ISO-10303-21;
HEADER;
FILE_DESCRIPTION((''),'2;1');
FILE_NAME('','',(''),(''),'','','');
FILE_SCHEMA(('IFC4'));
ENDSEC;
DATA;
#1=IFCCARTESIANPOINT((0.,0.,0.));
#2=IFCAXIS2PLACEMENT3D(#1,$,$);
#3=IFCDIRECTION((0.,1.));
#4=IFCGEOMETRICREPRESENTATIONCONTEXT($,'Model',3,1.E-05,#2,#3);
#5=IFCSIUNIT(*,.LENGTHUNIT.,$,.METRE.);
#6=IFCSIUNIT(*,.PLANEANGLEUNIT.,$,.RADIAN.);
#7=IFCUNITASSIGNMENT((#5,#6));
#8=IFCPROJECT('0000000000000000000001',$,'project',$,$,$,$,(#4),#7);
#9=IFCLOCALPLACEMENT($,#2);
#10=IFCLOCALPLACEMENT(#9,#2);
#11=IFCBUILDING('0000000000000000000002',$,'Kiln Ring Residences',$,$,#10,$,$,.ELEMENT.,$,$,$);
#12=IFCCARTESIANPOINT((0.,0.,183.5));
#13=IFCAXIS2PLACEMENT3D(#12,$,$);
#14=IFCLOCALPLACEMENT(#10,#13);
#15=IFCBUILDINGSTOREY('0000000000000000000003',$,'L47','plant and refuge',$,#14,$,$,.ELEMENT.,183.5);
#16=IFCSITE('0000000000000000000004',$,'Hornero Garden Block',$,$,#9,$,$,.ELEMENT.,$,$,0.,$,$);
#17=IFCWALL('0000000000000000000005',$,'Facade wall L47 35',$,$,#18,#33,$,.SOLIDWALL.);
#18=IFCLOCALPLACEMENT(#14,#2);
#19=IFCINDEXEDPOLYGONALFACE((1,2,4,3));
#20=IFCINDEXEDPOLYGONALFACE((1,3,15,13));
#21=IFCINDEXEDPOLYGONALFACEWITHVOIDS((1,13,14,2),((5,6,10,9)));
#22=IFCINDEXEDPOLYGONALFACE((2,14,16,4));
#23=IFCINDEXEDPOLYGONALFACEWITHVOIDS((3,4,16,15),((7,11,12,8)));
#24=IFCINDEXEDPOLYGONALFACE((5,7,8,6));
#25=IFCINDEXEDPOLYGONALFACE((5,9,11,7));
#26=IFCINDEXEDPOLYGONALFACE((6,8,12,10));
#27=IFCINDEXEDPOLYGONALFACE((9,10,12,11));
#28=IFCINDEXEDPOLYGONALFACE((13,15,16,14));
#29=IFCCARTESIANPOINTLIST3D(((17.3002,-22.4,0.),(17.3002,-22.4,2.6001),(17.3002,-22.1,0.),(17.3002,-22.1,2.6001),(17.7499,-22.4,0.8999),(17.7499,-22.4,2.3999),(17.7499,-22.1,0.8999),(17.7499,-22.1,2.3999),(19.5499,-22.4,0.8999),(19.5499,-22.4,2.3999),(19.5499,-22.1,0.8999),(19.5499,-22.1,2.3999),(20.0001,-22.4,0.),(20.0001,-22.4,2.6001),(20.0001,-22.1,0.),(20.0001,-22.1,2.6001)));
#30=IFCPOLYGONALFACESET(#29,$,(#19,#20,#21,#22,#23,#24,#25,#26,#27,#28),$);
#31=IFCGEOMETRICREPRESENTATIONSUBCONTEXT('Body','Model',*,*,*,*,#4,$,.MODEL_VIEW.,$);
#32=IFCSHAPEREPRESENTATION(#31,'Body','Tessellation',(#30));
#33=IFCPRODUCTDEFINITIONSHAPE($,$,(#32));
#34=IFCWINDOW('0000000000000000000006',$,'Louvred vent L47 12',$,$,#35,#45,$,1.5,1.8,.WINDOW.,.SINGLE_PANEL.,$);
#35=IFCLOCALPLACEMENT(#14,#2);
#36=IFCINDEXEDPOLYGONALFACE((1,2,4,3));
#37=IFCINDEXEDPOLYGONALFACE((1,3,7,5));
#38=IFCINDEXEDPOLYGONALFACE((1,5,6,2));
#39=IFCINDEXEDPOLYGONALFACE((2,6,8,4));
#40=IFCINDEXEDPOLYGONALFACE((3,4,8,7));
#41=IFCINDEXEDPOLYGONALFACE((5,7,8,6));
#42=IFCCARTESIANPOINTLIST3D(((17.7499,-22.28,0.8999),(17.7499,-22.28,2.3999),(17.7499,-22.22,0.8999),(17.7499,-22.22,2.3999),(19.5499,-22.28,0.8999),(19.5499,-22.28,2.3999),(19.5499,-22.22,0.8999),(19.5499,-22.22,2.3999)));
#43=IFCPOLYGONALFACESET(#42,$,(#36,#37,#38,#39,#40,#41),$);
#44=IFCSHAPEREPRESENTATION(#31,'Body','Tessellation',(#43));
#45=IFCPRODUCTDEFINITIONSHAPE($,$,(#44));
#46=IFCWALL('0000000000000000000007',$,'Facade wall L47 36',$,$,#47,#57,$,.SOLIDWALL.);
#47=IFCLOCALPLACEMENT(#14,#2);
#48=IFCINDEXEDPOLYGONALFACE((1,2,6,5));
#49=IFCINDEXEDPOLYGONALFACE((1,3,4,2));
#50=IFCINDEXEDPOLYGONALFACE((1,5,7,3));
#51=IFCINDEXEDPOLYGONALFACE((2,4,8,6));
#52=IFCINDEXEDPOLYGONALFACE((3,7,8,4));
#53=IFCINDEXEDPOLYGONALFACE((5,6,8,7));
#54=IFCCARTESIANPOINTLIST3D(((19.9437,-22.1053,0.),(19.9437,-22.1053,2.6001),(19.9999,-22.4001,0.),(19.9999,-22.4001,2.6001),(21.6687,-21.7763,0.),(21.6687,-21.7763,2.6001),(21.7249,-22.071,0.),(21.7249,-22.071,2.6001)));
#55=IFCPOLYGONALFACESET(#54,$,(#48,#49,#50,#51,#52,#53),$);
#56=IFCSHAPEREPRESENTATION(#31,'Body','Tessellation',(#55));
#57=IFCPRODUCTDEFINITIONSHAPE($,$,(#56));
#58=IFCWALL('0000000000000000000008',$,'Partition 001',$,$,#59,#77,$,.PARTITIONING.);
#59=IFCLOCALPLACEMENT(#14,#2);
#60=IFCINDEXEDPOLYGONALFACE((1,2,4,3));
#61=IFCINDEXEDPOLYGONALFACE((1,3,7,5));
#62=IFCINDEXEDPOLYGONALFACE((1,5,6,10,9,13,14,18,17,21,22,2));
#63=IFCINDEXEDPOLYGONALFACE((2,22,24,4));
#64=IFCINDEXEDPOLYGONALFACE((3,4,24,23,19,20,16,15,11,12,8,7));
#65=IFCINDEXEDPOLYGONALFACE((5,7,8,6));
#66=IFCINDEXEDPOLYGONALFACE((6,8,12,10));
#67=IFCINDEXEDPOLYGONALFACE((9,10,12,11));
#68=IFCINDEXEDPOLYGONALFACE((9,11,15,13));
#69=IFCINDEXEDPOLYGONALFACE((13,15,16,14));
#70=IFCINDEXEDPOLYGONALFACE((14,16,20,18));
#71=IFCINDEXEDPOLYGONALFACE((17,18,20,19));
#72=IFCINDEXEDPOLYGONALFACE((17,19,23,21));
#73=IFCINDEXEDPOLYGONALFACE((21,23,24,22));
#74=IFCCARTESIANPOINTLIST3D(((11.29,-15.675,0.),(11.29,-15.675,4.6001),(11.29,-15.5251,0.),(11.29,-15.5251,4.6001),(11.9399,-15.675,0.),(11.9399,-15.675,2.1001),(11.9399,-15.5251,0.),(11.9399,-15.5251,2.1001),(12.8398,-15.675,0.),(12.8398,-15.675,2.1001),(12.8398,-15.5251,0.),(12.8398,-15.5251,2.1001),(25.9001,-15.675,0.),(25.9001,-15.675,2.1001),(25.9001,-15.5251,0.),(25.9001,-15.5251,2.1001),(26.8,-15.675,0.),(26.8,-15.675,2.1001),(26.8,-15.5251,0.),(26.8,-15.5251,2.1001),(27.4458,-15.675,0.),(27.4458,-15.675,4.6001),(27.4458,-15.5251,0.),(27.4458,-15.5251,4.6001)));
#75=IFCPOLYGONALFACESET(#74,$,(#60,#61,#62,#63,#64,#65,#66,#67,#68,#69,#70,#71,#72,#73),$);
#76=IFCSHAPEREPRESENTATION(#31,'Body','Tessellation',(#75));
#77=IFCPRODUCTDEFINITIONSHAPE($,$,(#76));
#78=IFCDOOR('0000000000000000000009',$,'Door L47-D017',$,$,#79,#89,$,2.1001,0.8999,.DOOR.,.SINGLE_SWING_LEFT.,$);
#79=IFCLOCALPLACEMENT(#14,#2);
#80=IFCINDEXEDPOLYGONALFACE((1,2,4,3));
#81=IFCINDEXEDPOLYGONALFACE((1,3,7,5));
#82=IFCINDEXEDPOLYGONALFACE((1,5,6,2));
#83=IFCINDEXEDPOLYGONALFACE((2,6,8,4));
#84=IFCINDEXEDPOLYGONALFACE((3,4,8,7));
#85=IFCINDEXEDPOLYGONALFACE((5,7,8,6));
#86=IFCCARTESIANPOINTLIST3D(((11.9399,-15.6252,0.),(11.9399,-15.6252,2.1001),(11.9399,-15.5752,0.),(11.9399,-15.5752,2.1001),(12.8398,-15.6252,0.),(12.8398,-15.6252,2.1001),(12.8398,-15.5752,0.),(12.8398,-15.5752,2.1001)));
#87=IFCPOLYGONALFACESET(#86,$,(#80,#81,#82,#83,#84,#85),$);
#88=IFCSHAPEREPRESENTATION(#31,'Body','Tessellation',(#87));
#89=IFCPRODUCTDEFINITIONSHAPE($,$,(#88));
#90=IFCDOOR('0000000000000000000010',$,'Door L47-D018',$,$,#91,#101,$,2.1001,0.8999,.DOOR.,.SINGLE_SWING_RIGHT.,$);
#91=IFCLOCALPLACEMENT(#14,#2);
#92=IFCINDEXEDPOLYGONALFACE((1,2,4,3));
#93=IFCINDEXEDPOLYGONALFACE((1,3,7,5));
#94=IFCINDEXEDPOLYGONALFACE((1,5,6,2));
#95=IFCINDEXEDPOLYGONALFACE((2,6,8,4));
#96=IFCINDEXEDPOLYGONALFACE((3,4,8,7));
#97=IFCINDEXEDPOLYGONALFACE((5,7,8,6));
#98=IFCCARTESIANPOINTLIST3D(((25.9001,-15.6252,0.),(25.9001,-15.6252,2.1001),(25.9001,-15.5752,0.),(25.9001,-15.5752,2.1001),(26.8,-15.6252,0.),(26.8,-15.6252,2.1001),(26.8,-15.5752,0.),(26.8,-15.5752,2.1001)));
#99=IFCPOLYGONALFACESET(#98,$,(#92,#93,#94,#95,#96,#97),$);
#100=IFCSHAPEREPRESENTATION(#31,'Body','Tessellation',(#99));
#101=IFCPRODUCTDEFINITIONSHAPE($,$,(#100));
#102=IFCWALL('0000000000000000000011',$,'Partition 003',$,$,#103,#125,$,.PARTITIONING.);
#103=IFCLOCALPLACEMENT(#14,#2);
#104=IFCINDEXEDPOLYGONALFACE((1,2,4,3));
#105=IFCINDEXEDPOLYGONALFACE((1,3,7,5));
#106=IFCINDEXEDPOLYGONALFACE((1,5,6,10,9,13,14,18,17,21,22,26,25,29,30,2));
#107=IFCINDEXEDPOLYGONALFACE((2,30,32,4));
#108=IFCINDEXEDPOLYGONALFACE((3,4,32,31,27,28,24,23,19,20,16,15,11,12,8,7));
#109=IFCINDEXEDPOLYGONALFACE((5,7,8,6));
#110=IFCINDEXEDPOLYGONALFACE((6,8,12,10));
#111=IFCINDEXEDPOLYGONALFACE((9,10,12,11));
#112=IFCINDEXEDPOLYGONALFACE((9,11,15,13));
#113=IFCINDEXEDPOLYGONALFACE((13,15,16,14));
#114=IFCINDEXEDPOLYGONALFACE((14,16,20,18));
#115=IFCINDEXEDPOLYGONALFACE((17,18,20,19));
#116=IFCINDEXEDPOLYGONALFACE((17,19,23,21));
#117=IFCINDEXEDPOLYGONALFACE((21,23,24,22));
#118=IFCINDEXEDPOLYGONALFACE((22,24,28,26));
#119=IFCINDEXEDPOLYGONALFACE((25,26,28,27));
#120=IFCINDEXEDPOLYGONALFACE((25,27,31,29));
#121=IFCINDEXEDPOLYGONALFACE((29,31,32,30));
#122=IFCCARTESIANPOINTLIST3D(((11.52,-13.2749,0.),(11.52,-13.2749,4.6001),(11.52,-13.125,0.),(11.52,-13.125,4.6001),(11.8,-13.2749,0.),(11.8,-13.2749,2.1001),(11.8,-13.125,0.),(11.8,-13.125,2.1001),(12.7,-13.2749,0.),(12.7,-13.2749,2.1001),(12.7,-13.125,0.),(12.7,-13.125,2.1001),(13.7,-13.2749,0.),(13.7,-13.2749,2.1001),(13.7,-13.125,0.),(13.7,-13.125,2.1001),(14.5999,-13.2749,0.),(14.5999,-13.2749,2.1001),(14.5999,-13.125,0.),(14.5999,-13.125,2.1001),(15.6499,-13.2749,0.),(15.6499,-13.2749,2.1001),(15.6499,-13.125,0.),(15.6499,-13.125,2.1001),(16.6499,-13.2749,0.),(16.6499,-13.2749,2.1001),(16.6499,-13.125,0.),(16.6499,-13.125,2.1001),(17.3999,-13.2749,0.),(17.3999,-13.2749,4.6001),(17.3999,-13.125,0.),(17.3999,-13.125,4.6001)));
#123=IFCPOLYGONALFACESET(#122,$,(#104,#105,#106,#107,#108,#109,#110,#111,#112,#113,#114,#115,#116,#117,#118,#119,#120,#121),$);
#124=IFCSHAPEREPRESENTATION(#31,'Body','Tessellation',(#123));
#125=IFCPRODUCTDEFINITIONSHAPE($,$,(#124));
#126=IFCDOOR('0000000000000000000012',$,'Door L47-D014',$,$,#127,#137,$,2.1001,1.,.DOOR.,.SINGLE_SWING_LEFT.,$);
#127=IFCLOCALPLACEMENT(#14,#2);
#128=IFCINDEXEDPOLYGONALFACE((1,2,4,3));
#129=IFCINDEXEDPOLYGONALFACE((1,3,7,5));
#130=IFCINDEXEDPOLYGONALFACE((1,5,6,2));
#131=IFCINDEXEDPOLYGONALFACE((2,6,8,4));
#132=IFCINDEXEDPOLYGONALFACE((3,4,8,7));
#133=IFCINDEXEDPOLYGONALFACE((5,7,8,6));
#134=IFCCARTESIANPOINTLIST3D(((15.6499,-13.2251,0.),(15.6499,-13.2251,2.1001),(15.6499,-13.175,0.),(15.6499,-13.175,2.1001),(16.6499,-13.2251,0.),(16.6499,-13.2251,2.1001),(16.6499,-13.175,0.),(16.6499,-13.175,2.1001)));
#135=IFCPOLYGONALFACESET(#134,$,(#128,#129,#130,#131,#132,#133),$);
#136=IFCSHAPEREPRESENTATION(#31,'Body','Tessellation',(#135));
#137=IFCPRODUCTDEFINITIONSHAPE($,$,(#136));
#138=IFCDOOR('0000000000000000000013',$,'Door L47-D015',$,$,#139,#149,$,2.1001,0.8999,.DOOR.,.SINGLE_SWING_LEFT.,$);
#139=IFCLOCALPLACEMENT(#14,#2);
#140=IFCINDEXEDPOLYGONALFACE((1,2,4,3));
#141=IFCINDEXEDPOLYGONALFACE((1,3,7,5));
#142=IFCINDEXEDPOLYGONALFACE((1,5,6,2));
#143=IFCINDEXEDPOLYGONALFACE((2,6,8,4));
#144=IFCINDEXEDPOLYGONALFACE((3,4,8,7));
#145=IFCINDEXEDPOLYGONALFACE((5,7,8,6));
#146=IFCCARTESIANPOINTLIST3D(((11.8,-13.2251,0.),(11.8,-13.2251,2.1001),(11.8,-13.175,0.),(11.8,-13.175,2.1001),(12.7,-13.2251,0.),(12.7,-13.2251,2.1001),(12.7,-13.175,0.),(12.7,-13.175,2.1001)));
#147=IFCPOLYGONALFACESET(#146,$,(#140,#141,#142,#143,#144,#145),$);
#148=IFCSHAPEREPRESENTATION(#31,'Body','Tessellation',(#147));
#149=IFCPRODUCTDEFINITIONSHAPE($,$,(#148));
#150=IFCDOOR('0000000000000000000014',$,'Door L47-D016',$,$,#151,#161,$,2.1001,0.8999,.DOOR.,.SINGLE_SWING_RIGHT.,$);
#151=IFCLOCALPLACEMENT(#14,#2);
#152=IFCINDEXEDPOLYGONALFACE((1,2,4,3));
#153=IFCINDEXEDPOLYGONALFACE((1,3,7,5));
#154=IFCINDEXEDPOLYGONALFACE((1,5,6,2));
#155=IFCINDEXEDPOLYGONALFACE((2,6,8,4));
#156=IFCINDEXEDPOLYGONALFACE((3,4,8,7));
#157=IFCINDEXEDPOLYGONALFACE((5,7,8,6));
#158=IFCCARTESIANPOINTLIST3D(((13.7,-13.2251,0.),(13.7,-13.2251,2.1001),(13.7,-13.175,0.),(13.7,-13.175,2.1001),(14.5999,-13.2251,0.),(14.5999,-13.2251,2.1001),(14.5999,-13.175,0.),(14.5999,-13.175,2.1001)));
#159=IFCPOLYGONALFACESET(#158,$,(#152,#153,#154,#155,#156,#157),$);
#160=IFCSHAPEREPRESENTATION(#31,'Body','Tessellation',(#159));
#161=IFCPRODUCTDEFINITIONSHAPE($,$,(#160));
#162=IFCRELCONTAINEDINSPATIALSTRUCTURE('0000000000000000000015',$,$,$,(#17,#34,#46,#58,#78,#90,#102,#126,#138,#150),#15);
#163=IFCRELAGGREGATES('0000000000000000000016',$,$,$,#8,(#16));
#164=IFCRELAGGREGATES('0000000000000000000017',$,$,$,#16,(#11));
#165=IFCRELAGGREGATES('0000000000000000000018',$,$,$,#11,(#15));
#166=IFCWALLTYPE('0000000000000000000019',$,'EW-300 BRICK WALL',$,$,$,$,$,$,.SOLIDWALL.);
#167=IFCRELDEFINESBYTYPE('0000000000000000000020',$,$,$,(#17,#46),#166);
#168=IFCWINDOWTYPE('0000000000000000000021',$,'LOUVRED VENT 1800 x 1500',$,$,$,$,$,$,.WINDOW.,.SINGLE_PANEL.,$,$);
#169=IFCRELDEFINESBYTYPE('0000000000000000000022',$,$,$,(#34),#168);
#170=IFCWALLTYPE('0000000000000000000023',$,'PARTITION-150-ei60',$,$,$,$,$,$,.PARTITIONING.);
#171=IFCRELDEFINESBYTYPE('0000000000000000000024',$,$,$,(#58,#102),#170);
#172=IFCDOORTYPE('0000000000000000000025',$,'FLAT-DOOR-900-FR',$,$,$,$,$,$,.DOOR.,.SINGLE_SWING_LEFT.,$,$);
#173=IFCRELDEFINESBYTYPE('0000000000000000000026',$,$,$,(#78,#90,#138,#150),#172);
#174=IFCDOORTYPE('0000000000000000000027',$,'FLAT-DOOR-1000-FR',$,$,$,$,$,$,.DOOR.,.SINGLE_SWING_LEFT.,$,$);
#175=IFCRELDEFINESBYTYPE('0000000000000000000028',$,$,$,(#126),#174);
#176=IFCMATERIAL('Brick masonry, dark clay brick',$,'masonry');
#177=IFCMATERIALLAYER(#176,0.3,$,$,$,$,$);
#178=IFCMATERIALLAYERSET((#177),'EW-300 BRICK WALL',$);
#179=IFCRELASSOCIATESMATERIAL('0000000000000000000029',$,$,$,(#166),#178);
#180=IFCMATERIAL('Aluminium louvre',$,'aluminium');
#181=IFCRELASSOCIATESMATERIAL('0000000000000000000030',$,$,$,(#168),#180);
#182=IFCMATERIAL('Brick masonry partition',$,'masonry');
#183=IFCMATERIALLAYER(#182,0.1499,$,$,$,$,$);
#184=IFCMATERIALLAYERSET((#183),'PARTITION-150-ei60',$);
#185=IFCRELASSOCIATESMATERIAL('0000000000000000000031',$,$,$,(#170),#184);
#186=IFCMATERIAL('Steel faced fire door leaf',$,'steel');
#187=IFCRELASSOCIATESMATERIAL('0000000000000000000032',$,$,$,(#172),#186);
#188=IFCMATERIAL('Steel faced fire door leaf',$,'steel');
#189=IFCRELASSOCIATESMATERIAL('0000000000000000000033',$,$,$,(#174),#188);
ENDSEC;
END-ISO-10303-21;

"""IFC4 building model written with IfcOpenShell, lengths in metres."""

from ifc_helpers import new_model, si_unit, direction, frame, frame_2d, origin, place, context, subcontext, project, spatial, rectangle, extrude, material, layer, layer_set, type_object, element, fill, save


model = new_model("IFC4")

# Units and contexts
model_context = context("Model", 3, precision=1e-05, world=origin(), true_north=direction((0.0, 1.0)))
body_context = subcontext(model_context, "Body", "Model", "MODEL_VIEW")
ifc_project = project(units=[si_unit("LENGTHUNIT", "METRE"), si_unit("PLANEANGLEUNIT", "RADIAN")], contexts=[model_context])

# Site, building, storey
site_placement = place(None, origin())
site = spatial("IfcSite", under=ifc_project, at=site_placement, Name="Hornero Garden Block", CompositionType="ELEMENT", RefElevation=0.0)
building_placement = place(site_placement, origin())
building = spatial("IfcBuilding", under=site, at=building_placement, Name="Kiln Ring Residences", CompositionType="ELEMENT")
storey_placement = place(building_placement, frame((0.0, 0.0, 183.5)))
storey = spatial("IfcBuildingStorey", under=building, at=storey_placement, Name="L47", Description="plant and refuge", CompositionType="ELEMENT", Elevation=183.5)

# Wall, opening, window
ifc_material_1 = material(Name="Brick masonry, dark clay brick", Category="masonry")
ifc_layer_1 = layer(ifc_material_1, 0.3)
ifc_layer_set_1 = layer_set([ifc_layer_1], Name="EW-300 BRICK WALL")
wall_type_1 = type_object("IfcWallType", Name="EW-300 BRICK WALL", PredefinedType="SOLIDWALL", material=ifc_layer_set_1)
ifc_material_2 = material(Name="Aluminium louvre", Category="aluminium")
window_type = type_object("IfcWindowType", Name="LOUVRED VENT 1800 x 1500", PartitioningType="SINGLE_PANEL", PredefinedType="WINDOW", material=ifc_material_2)
wall_1_placement = place(storey_placement, frame((17.3, -22.25, 0.0), z_axis=(0.0, 0.0, 1.0), x_axis=(1.0, 0.0, 0.0)))
wall_1 = element("IfcWall", 1, at=wall_1_placement, inside=storey, type_object=wall_type_1, Name="Facade wall L47 35", PredefinedType="SOLIDWALL", context=body_context, shape_type="SweptSolid", body=[
    extrude(rectangle(XDim=2.7, YDim=0.3, at=frame_2d((1.3501, 0.0))), origin(), (0.0, 0.0, 1.0), 2.6001),
])
opening_1_placement = place(wall_1_placement, frame((0.45, 0.0, 0.8999)))
opening_1 = element("IfcOpeningElement", 2, at=opening_1_placement, cuts=wall_1, PredefinedType="OPENING", context=body_context, shape_type="SweptSolid", body=[
    extrude(rectangle(XDim=1.8, YDim=1.5, at=frame_2d((0.8999, 0.75))), frame((0.0, 0.1599, 0.0), z_axis=(0.0, -1.0, 0.0), x_axis=(1.0, 0.0, 0.0)), (0.0, 0.0, 1.0), 0.3201),
])
window_1_placement = place(opening_1_placement, origin())
window_1 = element("IfcWindow", 3, at=window_1_placement, inside=storey, type_object=window_type, Name="Louvred vent L47 12", OverallHeight=1.5, OverallWidth=1.8, PartitioningType="SINGLE_PANEL", PredefinedType="WINDOW", context=body_context, shape_type="SweptSolid", body=[
    extrude(rectangle(XDim=1.8, YDim=1.5, at=frame_2d((0.8999, 0.75))), frame((0.0, 0.03, 0.0), z_axis=(0.0, -1.0, 0.0), x_axis=(1.0, 0.0, 0.0)), (0.0, 0.0, 1.0), 0.0601),
])
fill(opening_1, window_1)

# Wall
wall_2_placement = place(storey_placement, frame((19.9719, -22.2527, 0.0), z_axis=(0.0, 0.0, 1.0), x_axis=(0.982285, 0.187393, 0.0)))
element("IfcWall", 4, at=wall_2_placement, inside=storey, type_object=wall_type_1, Name="Facade wall L47 36", PredefinedType="SOLIDWALL", context=body_context, shape_type="SweptSolid", body=[
    extrude(rectangle(XDim=1.7561, YDim=0.3, at=frame_2d((0.8779, 0.0))), origin(), (0.0, 0.0, 1.0), 2.6001),
])

# Walls, openings, doors
ifc_material_3 = material(Name="Brick masonry partition", Category="masonry")
ifc_layer_2 = layer(ifc_material_3, 0.1499)
ifc_layer_set_2 = layer_set([ifc_layer_2], Name="PARTITION-150-ei60")
wall_type_2 = type_object("IfcWallType", Name="PARTITION-150-ei60", PredefinedType="PARTITIONING", material=ifc_layer_set_2)
wall_3_placement = place(storey_placement, frame((11.29, -15.6001, 0.0), z_axis=(0.0, 0.0, 1.0), x_axis=(1.0, 0.0, 0.0)))
wall_3 = element("IfcWall", 5, at=wall_3_placement, inside=storey, type_object=wall_type_2, Name="Partition 001", PredefinedType="PARTITIONING", context=body_context, shape_type="SweptSolid", body=[
    extrude(rectangle(XDim=16.1558, YDim=0.1499, at=frame_2d((8.0779, 0.0))), origin(), (0.0, 0.0, 1.0), 4.6001),
])
opening_2_placement = place(wall_3_placement, frame((0.6499, 0.0, 0.0)))
opening_2 = element("IfcOpeningElement", 6, at=opening_2_placement, cuts=wall_3, PredefinedType="OPENING", context=body_context, shape_type="SweptSolid", body=[
    extrude(rectangle(XDim=0.8999, YDim=2.1001, at=frame_2d((0.45, 1.05))), frame((0.0, 0.085, 0.0), z_axis=(0.0, -1.0, 0.0), x_axis=(1.0, 0.0, 0.0)), (0.0, 0.0, 1.0), 0.1699),
])
opening_3_placement = place(wall_3_placement, frame((14.6101, 0.0, 0.0)))
opening_3 = element("IfcOpeningElement", 7, at=opening_3_placement, cuts=wall_3, PredefinedType="OPENING", context=body_context, shape_type="SweptSolid", body=[
    extrude(rectangle(XDim=0.8999, YDim=2.1001, at=frame_2d((0.45, 1.05))), frame((0.0, 0.085, 0.0), z_axis=(0.0, -1.0, 0.0), x_axis=(1.0, 0.0, 0.0)), (0.0, 0.0, 1.0), 0.1699),
])
ifc_material_4 = material(Name="Steel faced fire door leaf", Category="steel")
door_type_1 = type_object("IfcDoorType", Name="FLAT-DOOR-900-FR", OperationType="SINGLE_SWING_LEFT", PredefinedType="DOOR", material=ifc_material_4)
door_1_placement = place(opening_2_placement, origin())
door_1 = element("IfcDoor", 8, at=door_1_placement, inside=storey, type_object=door_type_1, Name="Door L47-D017", OperationType="SINGLE_SWING_LEFT", OverallHeight=2.1001, OverallWidth=0.8999, PredefinedType="DOOR", context=body_context, shape_type="SweptSolid", body=[
    extrude(rectangle(XDim=0.8999, YDim=2.1001, at=frame_2d((0.45, 1.05))), frame((0.0, 0.0249, 0.0), z_axis=(0.0, -1.0, 0.0), x_axis=(1.0, 0.0, 0.0)), (0.0, 0.0, 1.0), 0.05),
])
fill(opening_2, door_1)
door_2_placement = place(opening_3_placement, origin())
door_2 = element("IfcDoor", 9, at=door_2_placement, inside=storey, type_object=door_type_1, Name="Door L47-D018", OperationType="SINGLE_SWING_RIGHT", OverallHeight=2.1001, OverallWidth=0.8999, PredefinedType="DOOR", context=body_context, shape_type="SweptSolid", body=[
    extrude(rectangle(XDim=0.8999, YDim=2.1001, at=frame_2d((0.45, 1.05))), frame((0.0, 0.0249, 0.0), z_axis=(0.0, -1.0, 0.0), x_axis=(1.0, 0.0, 0.0)), (0.0, 0.0, 1.0), 0.05),
])
fill(opening_3, door_2)
wall_4_placement = place(storey_placement, frame((11.52, -13.2, 0.0), z_axis=(0.0, 0.0, 1.0), x_axis=(1.0, 0.0, 0.0)))
wall_4 = element("IfcWall", 10, at=wall_4_placement, inside=storey, type_object=wall_type_2, Name="Partition 003", PredefinedType="PARTITIONING", context=body_context, shape_type="SweptSolid", body=[
    extrude(rectangle(XDim=5.8799, YDim=0.1499, at=frame_2d((2.9399, 0.0))), origin(), (0.0, 0.0, 1.0), 4.6001),
])
opening_4_placement = place(wall_4_placement, frame((4.1299, 0.0, 0.0)))
opening_4 = element("IfcOpeningElement", 11, at=opening_4_placement, cuts=wall_4, PredefinedType="OPENING", context=body_context, shape_type="SweptSolid", body=[
    extrude(rectangle(XDim=1.0, YDim=2.1001, at=frame_2d((0.5, 1.05))), frame((0.0, 0.085, 0.0), z_axis=(0.0, -1.0, 0.0), x_axis=(1.0, 0.0, 0.0)), (0.0, 0.0, 1.0), 0.1699),
])
opening_5_placement = place(wall_4_placement, frame((0.28, 0.0, 0.0)))
opening_5 = element("IfcOpeningElement", 12, at=opening_5_placement, cuts=wall_4, PredefinedType="OPENING", context=body_context, shape_type="SweptSolid", body=[
    extrude(rectangle(XDim=0.8999, YDim=2.1001, at=frame_2d((0.45, 1.05))), frame((0.0, 0.085, 0.0), z_axis=(0.0, -1.0, 0.0), x_axis=(1.0, 0.0, 0.0)), (0.0, 0.0, 1.0), 0.1699),
])
opening_6_placement = place(wall_4_placement, frame((2.1799, 0.0, 0.0)))
opening_6 = element("IfcOpeningElement", 13, at=opening_6_placement, cuts=wall_4, PredefinedType="OPENING", context=body_context, shape_type="SweptSolid", body=[
    extrude(rectangle(XDim=0.8999, YDim=2.1001, at=frame_2d((0.45, 1.05))), frame((0.0, 0.085, 0.0), z_axis=(0.0, -1.0, 0.0), x_axis=(1.0, 0.0, 0.0)), (0.0, 0.0, 1.0), 0.1699),
])
ifc_material_5 = material(Name="Steel faced fire door leaf", Category="steel")
door_type_2 = type_object("IfcDoorType", Name="FLAT-DOOR-1000-FR", OperationType="SINGLE_SWING_LEFT", PredefinedType="DOOR", material=ifc_material_5)
door_3_placement = place(opening_4_placement, origin())
door_3 = element("IfcDoor", 14, at=door_3_placement, inside=storey, type_object=door_type_2, Name="Door L47-D014", OperationType="SINGLE_SWING_LEFT", OverallHeight=2.1001, OverallWidth=1.0, PredefinedType="DOOR", context=body_context, shape_type="SweptSolid", body=[
    extrude(rectangle(XDim=1.0, YDim=2.1001, at=frame_2d((0.5, 1.05))), frame((0.0, 0.0249, 0.0), z_axis=(0.0, -1.0, 0.0), x_axis=(1.0, 0.0, 0.0)), (0.0, 0.0, 1.0), 0.05),
])
fill(opening_4, door_3)
door_4_placement = place(opening_5_placement, origin())
door_4 = element("IfcDoor", 15, at=door_4_placement, inside=storey, type_object=door_type_1, Name="Door L47-D015", OperationType="SINGLE_SWING_LEFT", OverallHeight=2.1001, OverallWidth=0.8999, PredefinedType="DOOR", context=body_context, shape_type="SweptSolid", body=[
    extrude(rectangle(XDim=0.8999, YDim=2.1001, at=frame_2d((0.45, 1.05))), frame((0.0, 0.0249, 0.0), z_axis=(0.0, -1.0, 0.0), x_axis=(1.0, 0.0, 0.0)), (0.0, 0.0, 1.0), 0.05),
])
fill(opening_5, door_4)
door_5_placement = place(opening_6_placement, origin())
door_5 = element("IfcDoor", 16, at=door_5_placement, inside=storey, type_object=door_type_1, Name="Door L47-D016", OperationType="SINGLE_SWING_RIGHT", OverallHeight=2.1001, OverallWidth=0.8999, PredefinedType="DOOR", context=body_context, shape_type="SweptSolid", body=[
    extrude(rectangle(XDim=0.8999, YDim=2.1001, at=frame_2d((0.45, 1.05))), frame((0.0, 0.0249, 0.0), z_axis=(0.0, -1.0, 0.0), x_axis=(1.0, 0.0, 0.0)), (0.0, 0.0, 1.0), 0.05),
])
fill(opening_6, door_5)

save(model, "model.ifc")
